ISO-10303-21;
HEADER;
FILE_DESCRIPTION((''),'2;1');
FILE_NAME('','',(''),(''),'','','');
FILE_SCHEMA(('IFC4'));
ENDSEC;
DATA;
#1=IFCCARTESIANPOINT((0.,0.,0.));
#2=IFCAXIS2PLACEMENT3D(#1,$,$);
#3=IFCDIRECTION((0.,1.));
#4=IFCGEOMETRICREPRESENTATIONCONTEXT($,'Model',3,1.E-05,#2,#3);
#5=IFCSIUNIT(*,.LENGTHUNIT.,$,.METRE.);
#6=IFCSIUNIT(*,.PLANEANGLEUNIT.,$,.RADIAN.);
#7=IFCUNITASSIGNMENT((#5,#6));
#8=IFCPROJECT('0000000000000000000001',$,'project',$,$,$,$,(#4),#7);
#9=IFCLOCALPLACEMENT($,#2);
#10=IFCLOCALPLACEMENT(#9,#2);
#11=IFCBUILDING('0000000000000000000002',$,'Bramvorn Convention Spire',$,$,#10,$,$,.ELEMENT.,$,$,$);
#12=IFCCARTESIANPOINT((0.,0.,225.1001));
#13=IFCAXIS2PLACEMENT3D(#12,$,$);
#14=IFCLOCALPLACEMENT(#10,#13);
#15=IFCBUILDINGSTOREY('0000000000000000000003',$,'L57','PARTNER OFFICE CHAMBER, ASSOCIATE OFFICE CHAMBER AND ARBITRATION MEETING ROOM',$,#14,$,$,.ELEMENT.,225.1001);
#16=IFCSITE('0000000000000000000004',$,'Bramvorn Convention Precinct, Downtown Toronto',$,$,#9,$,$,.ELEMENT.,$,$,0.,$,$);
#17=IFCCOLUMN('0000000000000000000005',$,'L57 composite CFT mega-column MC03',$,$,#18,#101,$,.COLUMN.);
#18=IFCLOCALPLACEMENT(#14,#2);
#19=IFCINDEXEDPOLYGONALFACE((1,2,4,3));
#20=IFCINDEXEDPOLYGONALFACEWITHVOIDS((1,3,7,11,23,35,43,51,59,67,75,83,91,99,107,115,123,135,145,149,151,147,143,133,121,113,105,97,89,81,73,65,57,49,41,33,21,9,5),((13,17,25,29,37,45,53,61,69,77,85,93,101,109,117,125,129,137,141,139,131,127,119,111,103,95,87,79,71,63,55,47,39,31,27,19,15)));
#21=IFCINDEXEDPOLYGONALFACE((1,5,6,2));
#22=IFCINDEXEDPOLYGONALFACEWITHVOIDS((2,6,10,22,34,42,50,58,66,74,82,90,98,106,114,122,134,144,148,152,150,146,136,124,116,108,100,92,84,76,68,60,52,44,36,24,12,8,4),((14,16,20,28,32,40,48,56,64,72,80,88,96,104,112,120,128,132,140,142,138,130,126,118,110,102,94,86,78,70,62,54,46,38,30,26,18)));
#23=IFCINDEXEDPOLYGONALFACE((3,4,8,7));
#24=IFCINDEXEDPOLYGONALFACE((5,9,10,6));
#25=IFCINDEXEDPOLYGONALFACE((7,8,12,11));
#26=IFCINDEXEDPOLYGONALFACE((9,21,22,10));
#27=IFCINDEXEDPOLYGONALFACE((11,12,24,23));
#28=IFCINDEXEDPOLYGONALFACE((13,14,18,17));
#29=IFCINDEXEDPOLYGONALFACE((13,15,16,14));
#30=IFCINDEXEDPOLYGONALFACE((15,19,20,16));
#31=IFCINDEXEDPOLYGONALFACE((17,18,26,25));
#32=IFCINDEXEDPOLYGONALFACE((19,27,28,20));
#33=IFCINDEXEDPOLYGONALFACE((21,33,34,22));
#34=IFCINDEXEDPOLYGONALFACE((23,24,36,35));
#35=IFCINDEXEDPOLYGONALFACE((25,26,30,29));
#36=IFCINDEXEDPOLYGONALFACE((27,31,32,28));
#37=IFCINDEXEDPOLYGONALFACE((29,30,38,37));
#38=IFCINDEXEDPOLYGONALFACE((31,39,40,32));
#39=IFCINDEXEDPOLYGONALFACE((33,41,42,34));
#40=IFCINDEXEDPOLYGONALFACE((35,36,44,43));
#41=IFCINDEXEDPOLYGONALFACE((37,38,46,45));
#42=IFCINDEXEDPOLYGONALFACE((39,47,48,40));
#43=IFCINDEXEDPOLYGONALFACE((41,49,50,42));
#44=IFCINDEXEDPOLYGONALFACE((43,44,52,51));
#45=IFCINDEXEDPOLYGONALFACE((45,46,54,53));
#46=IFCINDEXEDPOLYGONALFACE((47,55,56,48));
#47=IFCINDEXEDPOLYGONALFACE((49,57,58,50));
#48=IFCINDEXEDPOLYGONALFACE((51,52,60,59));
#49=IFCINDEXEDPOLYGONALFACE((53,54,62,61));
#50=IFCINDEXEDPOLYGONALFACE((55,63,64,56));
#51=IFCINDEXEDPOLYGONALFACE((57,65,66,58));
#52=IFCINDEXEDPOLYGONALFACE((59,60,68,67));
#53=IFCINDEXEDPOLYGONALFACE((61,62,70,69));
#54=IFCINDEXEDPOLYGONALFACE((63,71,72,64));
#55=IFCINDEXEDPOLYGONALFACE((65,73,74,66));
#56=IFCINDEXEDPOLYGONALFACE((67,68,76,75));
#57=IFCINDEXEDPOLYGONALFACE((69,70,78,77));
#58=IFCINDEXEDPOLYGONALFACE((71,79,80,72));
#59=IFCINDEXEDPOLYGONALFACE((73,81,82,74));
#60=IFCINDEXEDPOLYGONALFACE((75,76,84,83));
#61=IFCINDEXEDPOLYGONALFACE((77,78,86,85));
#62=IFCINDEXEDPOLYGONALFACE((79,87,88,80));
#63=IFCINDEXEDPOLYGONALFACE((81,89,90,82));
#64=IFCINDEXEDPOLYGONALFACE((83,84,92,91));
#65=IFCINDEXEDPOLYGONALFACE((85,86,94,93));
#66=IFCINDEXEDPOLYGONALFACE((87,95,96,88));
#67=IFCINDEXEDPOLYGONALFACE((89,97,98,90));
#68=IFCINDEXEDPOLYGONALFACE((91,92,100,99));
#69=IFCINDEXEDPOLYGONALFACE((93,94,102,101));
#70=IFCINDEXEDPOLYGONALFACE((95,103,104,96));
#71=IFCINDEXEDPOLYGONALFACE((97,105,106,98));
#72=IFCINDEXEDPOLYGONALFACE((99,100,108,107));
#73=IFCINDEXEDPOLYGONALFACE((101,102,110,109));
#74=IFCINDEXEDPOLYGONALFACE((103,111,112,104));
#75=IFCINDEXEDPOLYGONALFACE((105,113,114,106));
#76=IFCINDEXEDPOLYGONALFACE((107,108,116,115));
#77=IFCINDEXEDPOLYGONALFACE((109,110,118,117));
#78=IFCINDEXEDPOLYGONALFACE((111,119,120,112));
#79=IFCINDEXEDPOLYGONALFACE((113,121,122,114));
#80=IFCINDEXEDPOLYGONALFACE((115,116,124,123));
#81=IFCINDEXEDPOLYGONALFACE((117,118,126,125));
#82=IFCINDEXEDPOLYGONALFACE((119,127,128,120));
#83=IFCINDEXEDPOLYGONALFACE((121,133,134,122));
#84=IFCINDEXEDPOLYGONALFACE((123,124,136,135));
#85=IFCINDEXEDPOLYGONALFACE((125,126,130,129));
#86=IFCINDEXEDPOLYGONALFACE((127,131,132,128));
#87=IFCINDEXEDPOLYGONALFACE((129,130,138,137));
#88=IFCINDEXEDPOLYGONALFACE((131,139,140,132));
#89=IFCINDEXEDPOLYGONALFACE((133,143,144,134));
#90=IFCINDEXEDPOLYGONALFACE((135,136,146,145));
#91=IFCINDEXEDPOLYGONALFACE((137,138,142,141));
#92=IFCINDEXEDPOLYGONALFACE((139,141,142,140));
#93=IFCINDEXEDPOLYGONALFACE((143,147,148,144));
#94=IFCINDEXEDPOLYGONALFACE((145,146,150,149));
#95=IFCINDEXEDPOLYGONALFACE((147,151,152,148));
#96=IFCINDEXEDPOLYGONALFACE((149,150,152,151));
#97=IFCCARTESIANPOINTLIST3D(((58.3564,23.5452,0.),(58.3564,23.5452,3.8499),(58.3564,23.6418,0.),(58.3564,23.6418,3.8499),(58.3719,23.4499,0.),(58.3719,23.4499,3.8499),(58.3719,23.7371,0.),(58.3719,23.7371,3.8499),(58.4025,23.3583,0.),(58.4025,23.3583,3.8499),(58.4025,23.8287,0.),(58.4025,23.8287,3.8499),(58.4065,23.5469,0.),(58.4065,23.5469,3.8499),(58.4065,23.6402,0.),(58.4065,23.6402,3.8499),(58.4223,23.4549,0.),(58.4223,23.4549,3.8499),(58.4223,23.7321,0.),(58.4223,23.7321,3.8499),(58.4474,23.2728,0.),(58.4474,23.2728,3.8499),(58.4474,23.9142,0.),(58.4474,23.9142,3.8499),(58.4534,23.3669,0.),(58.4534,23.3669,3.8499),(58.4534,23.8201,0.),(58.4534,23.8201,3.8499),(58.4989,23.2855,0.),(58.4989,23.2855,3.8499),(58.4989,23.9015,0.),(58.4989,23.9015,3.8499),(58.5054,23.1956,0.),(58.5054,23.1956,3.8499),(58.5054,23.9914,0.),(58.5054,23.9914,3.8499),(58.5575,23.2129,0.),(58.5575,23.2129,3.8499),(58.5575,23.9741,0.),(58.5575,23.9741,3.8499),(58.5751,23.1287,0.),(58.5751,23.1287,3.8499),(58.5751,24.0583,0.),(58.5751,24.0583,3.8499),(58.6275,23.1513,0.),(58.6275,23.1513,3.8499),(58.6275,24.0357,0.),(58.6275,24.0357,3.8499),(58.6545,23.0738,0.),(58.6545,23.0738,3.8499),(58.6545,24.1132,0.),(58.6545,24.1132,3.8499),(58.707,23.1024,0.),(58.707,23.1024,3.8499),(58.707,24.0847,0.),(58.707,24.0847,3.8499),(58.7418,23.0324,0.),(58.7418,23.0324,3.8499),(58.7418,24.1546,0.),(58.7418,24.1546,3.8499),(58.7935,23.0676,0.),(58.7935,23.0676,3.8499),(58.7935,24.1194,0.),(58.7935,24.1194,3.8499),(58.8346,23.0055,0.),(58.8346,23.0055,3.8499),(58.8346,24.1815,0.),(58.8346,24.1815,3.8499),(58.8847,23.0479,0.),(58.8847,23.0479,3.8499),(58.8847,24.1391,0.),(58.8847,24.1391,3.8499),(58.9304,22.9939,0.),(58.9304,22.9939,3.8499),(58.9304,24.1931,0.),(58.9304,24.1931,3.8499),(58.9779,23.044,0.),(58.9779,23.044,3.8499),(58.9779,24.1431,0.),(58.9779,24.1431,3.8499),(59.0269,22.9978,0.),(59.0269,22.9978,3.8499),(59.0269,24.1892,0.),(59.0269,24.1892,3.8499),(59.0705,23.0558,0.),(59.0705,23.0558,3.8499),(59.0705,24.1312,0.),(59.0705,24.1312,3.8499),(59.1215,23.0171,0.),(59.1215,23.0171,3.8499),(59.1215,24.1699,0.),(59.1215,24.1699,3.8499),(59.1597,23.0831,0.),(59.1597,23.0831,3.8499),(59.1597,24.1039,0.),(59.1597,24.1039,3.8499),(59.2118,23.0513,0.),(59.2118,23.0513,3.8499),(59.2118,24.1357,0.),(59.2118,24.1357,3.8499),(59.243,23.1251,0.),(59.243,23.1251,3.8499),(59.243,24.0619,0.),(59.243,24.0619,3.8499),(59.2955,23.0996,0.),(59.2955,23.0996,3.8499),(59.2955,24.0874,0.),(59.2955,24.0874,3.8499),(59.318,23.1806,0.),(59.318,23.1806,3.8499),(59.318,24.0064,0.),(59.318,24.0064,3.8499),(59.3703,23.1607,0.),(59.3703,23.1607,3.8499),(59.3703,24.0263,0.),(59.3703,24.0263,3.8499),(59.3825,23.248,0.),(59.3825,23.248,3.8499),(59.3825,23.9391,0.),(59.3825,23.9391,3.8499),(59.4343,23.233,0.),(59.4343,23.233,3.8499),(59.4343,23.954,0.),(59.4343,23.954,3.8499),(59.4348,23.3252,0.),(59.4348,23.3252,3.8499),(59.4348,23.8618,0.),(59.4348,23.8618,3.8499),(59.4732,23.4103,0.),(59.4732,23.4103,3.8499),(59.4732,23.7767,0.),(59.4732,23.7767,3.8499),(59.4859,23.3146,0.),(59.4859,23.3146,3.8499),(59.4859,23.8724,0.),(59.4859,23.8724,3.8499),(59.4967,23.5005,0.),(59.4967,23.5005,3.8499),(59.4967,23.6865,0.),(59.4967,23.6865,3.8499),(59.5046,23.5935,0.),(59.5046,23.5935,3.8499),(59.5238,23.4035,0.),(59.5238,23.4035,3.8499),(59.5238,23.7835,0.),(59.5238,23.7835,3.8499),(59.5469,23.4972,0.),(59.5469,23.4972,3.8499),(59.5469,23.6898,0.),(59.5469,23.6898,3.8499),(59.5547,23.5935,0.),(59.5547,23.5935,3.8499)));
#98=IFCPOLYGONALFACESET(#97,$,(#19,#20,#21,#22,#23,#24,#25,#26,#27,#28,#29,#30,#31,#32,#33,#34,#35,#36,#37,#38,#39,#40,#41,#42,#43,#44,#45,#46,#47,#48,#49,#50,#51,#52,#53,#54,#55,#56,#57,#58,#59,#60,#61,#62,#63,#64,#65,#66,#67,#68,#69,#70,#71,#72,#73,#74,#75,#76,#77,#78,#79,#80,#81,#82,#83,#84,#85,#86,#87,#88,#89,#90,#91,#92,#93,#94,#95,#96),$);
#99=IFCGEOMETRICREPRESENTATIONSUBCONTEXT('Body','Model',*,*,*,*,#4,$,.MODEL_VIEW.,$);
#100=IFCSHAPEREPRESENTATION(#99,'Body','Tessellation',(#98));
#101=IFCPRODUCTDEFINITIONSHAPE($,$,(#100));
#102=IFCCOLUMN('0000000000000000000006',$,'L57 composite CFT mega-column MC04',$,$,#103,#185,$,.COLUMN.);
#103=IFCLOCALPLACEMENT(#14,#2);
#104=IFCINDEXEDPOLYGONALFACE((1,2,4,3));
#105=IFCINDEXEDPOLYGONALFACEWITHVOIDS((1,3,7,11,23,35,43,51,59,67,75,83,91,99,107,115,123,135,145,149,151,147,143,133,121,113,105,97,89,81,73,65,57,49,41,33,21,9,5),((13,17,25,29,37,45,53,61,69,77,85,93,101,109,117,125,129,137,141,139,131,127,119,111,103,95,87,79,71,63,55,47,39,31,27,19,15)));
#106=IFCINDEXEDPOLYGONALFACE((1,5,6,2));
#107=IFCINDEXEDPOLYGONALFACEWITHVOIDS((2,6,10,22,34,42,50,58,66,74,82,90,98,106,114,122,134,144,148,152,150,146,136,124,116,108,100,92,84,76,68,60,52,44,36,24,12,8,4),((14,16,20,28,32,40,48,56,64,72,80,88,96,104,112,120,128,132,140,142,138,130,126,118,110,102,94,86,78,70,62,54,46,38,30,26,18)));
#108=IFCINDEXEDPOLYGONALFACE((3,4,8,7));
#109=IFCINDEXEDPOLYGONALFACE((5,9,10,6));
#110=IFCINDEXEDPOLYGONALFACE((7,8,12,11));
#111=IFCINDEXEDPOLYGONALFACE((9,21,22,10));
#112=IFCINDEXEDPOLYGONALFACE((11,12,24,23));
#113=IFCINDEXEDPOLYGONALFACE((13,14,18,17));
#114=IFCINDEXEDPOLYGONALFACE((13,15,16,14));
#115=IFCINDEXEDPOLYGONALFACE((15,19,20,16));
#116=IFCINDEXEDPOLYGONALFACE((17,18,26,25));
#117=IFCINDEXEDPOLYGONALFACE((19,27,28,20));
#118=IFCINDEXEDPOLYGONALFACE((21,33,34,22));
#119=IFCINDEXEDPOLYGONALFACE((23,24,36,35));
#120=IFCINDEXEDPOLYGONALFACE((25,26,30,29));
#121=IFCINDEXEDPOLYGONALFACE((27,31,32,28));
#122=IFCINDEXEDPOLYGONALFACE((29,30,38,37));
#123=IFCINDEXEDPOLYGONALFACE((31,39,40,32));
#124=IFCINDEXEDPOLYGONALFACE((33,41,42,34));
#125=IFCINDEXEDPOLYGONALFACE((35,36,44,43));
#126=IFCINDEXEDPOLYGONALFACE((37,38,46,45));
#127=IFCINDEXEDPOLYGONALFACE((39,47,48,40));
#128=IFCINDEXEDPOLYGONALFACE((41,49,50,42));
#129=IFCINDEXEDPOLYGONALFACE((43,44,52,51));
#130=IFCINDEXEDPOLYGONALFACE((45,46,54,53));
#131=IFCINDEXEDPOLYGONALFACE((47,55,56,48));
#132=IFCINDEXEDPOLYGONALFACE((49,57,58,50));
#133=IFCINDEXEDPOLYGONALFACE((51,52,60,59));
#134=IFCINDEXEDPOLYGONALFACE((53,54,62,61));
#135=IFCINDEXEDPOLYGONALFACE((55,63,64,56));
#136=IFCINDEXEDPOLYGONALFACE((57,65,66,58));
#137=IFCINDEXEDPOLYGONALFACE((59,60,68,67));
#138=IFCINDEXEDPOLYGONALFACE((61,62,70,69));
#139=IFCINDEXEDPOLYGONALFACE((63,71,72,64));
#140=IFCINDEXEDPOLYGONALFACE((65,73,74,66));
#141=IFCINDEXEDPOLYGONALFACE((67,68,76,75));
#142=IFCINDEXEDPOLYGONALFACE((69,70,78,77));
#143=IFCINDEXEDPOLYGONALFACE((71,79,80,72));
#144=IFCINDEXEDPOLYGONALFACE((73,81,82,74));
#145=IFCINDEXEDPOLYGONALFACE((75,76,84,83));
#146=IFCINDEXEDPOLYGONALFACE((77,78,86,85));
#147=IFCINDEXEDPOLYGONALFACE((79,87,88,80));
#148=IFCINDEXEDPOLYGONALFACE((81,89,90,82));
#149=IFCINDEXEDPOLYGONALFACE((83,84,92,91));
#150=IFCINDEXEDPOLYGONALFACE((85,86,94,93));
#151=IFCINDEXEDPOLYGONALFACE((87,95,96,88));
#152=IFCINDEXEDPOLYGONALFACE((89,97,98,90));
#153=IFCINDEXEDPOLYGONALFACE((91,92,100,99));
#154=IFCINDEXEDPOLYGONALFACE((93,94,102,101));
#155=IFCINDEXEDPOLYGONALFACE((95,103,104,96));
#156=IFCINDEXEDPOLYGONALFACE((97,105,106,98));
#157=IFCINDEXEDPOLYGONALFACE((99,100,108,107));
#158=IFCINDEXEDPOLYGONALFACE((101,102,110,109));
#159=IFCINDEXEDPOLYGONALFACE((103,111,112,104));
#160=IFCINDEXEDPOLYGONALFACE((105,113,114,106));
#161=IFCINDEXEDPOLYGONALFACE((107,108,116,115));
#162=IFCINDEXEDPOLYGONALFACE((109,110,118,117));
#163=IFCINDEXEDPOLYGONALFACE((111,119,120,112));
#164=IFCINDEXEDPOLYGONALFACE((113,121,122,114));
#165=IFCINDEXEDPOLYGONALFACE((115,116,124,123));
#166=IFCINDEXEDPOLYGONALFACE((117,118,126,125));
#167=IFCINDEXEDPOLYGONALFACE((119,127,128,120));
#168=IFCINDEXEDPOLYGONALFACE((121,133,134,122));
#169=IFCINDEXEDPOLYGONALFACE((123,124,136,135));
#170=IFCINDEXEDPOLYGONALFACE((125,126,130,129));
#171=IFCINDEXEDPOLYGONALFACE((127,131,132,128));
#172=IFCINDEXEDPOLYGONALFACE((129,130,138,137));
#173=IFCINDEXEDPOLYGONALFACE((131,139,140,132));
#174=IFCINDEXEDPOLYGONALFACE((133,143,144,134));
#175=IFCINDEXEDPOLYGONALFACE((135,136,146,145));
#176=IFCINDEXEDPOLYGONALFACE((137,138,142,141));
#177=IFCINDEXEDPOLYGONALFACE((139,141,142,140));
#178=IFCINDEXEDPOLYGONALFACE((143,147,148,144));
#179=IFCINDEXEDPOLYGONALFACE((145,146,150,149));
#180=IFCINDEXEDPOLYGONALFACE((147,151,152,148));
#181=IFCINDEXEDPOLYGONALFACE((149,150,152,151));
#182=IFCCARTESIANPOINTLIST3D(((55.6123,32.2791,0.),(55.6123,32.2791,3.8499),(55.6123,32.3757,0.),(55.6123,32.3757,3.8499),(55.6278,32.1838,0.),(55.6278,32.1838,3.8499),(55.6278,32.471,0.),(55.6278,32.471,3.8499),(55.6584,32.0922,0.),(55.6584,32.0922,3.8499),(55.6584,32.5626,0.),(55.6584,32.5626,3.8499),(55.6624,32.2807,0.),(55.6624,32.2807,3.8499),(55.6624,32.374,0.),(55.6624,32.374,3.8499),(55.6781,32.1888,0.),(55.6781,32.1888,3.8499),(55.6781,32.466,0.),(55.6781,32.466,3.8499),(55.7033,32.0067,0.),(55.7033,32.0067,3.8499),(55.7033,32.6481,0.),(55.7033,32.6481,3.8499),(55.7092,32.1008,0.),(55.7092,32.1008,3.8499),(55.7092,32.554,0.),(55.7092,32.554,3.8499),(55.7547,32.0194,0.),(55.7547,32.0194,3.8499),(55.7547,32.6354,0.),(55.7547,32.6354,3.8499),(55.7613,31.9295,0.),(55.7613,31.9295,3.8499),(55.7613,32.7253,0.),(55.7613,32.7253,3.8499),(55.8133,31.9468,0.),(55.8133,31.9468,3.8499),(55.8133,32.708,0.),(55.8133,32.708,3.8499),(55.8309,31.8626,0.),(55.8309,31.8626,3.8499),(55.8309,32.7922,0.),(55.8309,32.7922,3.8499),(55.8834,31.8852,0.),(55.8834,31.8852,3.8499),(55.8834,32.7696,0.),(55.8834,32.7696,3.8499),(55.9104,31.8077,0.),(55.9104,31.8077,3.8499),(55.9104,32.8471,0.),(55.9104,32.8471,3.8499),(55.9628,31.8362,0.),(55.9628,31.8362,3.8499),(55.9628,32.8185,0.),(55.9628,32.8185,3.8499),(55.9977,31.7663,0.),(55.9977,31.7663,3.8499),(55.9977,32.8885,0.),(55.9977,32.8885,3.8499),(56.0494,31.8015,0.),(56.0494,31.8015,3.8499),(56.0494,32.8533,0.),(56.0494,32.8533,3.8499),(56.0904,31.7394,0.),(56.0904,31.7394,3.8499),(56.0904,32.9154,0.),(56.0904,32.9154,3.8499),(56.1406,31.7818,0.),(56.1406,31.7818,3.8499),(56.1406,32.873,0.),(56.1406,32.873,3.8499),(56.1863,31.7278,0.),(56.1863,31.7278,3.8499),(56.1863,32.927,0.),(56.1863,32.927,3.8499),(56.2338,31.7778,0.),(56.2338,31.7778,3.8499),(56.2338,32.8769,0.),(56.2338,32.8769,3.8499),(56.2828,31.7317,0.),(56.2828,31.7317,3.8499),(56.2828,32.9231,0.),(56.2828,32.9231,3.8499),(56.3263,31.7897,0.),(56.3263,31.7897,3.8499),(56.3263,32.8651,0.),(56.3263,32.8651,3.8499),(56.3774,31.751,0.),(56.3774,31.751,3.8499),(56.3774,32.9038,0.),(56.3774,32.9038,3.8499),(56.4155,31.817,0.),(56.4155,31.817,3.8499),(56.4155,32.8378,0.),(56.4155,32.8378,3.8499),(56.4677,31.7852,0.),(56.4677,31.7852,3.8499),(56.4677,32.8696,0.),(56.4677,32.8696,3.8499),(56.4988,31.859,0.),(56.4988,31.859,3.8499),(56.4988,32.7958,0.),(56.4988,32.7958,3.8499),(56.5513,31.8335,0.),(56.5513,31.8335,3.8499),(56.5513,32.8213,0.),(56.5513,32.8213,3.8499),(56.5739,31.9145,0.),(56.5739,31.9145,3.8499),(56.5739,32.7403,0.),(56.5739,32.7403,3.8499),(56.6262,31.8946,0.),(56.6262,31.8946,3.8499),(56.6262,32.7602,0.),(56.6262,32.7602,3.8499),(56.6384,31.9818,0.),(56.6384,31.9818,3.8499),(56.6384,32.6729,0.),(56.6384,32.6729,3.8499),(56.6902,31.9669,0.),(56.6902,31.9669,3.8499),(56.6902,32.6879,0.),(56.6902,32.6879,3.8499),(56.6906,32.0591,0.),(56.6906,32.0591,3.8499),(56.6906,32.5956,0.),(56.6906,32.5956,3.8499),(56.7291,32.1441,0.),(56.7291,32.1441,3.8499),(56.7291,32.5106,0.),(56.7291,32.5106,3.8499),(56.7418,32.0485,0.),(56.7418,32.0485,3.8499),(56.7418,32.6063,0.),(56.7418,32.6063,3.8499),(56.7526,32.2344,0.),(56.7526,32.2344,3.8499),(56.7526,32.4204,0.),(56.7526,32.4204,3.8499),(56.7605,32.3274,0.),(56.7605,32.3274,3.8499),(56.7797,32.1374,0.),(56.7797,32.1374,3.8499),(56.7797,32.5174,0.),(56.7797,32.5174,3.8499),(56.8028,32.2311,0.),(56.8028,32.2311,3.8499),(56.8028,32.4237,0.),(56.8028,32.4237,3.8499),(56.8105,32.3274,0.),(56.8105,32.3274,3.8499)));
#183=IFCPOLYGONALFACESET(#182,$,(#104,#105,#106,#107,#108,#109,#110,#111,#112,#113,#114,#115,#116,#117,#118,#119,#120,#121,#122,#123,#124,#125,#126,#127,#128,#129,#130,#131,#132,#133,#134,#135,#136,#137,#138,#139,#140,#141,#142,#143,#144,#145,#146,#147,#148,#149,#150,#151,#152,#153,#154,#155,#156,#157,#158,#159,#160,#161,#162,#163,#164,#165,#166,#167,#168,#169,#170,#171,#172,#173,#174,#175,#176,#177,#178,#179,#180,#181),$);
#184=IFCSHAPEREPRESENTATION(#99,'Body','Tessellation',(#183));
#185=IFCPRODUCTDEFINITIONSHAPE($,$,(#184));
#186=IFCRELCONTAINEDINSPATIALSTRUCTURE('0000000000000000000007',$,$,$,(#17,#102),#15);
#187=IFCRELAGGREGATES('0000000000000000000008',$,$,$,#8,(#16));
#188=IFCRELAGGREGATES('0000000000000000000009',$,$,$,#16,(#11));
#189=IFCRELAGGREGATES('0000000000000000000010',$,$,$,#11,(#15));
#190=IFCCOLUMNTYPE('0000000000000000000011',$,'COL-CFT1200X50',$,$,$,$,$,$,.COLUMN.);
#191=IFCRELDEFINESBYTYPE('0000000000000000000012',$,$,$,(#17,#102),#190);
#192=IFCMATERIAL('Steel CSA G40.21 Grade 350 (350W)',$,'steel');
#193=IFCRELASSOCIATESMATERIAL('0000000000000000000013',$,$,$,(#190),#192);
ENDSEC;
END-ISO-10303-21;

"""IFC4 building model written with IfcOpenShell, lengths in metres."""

from ifc_helpers import new_model, si_unit, direction, frame, origin, origin_2d, place, context, subcontext, project, spatial, hollow_circle, extrude, material, material_profile, profile_set, type_object, element, save


model = new_model("IFC4")

# Units and contexts
model_context = context("Model", 3, precision=1e-05, world=origin(), true_north=direction((0.0, 1.0)))
body_context = subcontext(model_context, "Body", "Model", "MODEL_VIEW")
ifc_project = project(units=[si_unit("LENGTHUNIT", "METRE"), si_unit("PLANEANGLEUNIT", "RADIAN")], contexts=[model_context])

# Site, building, storey
site_placement = place(None, origin())
site = spatial("IfcSite", under=ifc_project, at=site_placement, Name="Bramvorn Convention Precinct, Downtown Toronto", CompositionType="ELEMENT", RefElevation=0.0)
building_placement = place(site_placement, origin())
building = spatial("IfcBuilding", under=site, at=building_placement, Name="Bramvorn Convention Spire", CompositionType="ELEMENT")
storey_placement = place(building_placement, frame((0.0, 0.0, 225.1001)))
storey = spatial("IfcBuildingStorey", under=building, at=storey_placement, Name="L57", Description="PARTNER OFFICE CHAMBER, ASSOCIATE OFFICE CHAMBER AND ARBITRATION MEETING ROOM", CompositionType="ELEMENT", Elevation=225.1001)

# Columns
ifc_material_1 = material(Name="Steel CSA G40.21 Grade 350 (350W)", Category="steel")
ifc_material_profile_1 = material_profile(ifc_material_1, hollow_circle(Radius=0.6001, WallThickness=0.05, at=origin_2d()))
ifc_profile_set_1 = profile_set([ifc_material_profile_1], Name="Steel CSA G40.21 Grade 350 (350W) - CFT1200X50")
column_type = type_object("IfcColumnType", Name="COL-CFT1200X50", PredefinedType="COLUMN", material=ifc_profile_set_1)
for number, where, z_axis, x_axis, name in (
    (1, (58.9546, 23.5935, 0.0), (0.0, 0.0, 1.0), (1.0, 0.0, 0.0), "L57 composite CFT mega-column MC03"),
    (2, (56.2104, 32.3274, 0.0), (0.0, 0.0, 1.0), (1.0, 0.0, 0.0), "L57 composite CFT mega-column MC04"),
):
    element("IfcColumn", number, at=place(storey_placement, frame(where, z_axis=z_axis, x_axis=x_axis)), inside=storey, type_object=column_type, Name=name, PredefinedType="COLUMN", context=body_context, shape_type="SweptSolid", body=[
        extrude(hollow_circle(Radius=0.6001, WallThickness=0.05, at=origin_2d()), origin(), (0.0, 0.0, 1.0), 3.8499),
    ])

save(model, "model.ifc")
